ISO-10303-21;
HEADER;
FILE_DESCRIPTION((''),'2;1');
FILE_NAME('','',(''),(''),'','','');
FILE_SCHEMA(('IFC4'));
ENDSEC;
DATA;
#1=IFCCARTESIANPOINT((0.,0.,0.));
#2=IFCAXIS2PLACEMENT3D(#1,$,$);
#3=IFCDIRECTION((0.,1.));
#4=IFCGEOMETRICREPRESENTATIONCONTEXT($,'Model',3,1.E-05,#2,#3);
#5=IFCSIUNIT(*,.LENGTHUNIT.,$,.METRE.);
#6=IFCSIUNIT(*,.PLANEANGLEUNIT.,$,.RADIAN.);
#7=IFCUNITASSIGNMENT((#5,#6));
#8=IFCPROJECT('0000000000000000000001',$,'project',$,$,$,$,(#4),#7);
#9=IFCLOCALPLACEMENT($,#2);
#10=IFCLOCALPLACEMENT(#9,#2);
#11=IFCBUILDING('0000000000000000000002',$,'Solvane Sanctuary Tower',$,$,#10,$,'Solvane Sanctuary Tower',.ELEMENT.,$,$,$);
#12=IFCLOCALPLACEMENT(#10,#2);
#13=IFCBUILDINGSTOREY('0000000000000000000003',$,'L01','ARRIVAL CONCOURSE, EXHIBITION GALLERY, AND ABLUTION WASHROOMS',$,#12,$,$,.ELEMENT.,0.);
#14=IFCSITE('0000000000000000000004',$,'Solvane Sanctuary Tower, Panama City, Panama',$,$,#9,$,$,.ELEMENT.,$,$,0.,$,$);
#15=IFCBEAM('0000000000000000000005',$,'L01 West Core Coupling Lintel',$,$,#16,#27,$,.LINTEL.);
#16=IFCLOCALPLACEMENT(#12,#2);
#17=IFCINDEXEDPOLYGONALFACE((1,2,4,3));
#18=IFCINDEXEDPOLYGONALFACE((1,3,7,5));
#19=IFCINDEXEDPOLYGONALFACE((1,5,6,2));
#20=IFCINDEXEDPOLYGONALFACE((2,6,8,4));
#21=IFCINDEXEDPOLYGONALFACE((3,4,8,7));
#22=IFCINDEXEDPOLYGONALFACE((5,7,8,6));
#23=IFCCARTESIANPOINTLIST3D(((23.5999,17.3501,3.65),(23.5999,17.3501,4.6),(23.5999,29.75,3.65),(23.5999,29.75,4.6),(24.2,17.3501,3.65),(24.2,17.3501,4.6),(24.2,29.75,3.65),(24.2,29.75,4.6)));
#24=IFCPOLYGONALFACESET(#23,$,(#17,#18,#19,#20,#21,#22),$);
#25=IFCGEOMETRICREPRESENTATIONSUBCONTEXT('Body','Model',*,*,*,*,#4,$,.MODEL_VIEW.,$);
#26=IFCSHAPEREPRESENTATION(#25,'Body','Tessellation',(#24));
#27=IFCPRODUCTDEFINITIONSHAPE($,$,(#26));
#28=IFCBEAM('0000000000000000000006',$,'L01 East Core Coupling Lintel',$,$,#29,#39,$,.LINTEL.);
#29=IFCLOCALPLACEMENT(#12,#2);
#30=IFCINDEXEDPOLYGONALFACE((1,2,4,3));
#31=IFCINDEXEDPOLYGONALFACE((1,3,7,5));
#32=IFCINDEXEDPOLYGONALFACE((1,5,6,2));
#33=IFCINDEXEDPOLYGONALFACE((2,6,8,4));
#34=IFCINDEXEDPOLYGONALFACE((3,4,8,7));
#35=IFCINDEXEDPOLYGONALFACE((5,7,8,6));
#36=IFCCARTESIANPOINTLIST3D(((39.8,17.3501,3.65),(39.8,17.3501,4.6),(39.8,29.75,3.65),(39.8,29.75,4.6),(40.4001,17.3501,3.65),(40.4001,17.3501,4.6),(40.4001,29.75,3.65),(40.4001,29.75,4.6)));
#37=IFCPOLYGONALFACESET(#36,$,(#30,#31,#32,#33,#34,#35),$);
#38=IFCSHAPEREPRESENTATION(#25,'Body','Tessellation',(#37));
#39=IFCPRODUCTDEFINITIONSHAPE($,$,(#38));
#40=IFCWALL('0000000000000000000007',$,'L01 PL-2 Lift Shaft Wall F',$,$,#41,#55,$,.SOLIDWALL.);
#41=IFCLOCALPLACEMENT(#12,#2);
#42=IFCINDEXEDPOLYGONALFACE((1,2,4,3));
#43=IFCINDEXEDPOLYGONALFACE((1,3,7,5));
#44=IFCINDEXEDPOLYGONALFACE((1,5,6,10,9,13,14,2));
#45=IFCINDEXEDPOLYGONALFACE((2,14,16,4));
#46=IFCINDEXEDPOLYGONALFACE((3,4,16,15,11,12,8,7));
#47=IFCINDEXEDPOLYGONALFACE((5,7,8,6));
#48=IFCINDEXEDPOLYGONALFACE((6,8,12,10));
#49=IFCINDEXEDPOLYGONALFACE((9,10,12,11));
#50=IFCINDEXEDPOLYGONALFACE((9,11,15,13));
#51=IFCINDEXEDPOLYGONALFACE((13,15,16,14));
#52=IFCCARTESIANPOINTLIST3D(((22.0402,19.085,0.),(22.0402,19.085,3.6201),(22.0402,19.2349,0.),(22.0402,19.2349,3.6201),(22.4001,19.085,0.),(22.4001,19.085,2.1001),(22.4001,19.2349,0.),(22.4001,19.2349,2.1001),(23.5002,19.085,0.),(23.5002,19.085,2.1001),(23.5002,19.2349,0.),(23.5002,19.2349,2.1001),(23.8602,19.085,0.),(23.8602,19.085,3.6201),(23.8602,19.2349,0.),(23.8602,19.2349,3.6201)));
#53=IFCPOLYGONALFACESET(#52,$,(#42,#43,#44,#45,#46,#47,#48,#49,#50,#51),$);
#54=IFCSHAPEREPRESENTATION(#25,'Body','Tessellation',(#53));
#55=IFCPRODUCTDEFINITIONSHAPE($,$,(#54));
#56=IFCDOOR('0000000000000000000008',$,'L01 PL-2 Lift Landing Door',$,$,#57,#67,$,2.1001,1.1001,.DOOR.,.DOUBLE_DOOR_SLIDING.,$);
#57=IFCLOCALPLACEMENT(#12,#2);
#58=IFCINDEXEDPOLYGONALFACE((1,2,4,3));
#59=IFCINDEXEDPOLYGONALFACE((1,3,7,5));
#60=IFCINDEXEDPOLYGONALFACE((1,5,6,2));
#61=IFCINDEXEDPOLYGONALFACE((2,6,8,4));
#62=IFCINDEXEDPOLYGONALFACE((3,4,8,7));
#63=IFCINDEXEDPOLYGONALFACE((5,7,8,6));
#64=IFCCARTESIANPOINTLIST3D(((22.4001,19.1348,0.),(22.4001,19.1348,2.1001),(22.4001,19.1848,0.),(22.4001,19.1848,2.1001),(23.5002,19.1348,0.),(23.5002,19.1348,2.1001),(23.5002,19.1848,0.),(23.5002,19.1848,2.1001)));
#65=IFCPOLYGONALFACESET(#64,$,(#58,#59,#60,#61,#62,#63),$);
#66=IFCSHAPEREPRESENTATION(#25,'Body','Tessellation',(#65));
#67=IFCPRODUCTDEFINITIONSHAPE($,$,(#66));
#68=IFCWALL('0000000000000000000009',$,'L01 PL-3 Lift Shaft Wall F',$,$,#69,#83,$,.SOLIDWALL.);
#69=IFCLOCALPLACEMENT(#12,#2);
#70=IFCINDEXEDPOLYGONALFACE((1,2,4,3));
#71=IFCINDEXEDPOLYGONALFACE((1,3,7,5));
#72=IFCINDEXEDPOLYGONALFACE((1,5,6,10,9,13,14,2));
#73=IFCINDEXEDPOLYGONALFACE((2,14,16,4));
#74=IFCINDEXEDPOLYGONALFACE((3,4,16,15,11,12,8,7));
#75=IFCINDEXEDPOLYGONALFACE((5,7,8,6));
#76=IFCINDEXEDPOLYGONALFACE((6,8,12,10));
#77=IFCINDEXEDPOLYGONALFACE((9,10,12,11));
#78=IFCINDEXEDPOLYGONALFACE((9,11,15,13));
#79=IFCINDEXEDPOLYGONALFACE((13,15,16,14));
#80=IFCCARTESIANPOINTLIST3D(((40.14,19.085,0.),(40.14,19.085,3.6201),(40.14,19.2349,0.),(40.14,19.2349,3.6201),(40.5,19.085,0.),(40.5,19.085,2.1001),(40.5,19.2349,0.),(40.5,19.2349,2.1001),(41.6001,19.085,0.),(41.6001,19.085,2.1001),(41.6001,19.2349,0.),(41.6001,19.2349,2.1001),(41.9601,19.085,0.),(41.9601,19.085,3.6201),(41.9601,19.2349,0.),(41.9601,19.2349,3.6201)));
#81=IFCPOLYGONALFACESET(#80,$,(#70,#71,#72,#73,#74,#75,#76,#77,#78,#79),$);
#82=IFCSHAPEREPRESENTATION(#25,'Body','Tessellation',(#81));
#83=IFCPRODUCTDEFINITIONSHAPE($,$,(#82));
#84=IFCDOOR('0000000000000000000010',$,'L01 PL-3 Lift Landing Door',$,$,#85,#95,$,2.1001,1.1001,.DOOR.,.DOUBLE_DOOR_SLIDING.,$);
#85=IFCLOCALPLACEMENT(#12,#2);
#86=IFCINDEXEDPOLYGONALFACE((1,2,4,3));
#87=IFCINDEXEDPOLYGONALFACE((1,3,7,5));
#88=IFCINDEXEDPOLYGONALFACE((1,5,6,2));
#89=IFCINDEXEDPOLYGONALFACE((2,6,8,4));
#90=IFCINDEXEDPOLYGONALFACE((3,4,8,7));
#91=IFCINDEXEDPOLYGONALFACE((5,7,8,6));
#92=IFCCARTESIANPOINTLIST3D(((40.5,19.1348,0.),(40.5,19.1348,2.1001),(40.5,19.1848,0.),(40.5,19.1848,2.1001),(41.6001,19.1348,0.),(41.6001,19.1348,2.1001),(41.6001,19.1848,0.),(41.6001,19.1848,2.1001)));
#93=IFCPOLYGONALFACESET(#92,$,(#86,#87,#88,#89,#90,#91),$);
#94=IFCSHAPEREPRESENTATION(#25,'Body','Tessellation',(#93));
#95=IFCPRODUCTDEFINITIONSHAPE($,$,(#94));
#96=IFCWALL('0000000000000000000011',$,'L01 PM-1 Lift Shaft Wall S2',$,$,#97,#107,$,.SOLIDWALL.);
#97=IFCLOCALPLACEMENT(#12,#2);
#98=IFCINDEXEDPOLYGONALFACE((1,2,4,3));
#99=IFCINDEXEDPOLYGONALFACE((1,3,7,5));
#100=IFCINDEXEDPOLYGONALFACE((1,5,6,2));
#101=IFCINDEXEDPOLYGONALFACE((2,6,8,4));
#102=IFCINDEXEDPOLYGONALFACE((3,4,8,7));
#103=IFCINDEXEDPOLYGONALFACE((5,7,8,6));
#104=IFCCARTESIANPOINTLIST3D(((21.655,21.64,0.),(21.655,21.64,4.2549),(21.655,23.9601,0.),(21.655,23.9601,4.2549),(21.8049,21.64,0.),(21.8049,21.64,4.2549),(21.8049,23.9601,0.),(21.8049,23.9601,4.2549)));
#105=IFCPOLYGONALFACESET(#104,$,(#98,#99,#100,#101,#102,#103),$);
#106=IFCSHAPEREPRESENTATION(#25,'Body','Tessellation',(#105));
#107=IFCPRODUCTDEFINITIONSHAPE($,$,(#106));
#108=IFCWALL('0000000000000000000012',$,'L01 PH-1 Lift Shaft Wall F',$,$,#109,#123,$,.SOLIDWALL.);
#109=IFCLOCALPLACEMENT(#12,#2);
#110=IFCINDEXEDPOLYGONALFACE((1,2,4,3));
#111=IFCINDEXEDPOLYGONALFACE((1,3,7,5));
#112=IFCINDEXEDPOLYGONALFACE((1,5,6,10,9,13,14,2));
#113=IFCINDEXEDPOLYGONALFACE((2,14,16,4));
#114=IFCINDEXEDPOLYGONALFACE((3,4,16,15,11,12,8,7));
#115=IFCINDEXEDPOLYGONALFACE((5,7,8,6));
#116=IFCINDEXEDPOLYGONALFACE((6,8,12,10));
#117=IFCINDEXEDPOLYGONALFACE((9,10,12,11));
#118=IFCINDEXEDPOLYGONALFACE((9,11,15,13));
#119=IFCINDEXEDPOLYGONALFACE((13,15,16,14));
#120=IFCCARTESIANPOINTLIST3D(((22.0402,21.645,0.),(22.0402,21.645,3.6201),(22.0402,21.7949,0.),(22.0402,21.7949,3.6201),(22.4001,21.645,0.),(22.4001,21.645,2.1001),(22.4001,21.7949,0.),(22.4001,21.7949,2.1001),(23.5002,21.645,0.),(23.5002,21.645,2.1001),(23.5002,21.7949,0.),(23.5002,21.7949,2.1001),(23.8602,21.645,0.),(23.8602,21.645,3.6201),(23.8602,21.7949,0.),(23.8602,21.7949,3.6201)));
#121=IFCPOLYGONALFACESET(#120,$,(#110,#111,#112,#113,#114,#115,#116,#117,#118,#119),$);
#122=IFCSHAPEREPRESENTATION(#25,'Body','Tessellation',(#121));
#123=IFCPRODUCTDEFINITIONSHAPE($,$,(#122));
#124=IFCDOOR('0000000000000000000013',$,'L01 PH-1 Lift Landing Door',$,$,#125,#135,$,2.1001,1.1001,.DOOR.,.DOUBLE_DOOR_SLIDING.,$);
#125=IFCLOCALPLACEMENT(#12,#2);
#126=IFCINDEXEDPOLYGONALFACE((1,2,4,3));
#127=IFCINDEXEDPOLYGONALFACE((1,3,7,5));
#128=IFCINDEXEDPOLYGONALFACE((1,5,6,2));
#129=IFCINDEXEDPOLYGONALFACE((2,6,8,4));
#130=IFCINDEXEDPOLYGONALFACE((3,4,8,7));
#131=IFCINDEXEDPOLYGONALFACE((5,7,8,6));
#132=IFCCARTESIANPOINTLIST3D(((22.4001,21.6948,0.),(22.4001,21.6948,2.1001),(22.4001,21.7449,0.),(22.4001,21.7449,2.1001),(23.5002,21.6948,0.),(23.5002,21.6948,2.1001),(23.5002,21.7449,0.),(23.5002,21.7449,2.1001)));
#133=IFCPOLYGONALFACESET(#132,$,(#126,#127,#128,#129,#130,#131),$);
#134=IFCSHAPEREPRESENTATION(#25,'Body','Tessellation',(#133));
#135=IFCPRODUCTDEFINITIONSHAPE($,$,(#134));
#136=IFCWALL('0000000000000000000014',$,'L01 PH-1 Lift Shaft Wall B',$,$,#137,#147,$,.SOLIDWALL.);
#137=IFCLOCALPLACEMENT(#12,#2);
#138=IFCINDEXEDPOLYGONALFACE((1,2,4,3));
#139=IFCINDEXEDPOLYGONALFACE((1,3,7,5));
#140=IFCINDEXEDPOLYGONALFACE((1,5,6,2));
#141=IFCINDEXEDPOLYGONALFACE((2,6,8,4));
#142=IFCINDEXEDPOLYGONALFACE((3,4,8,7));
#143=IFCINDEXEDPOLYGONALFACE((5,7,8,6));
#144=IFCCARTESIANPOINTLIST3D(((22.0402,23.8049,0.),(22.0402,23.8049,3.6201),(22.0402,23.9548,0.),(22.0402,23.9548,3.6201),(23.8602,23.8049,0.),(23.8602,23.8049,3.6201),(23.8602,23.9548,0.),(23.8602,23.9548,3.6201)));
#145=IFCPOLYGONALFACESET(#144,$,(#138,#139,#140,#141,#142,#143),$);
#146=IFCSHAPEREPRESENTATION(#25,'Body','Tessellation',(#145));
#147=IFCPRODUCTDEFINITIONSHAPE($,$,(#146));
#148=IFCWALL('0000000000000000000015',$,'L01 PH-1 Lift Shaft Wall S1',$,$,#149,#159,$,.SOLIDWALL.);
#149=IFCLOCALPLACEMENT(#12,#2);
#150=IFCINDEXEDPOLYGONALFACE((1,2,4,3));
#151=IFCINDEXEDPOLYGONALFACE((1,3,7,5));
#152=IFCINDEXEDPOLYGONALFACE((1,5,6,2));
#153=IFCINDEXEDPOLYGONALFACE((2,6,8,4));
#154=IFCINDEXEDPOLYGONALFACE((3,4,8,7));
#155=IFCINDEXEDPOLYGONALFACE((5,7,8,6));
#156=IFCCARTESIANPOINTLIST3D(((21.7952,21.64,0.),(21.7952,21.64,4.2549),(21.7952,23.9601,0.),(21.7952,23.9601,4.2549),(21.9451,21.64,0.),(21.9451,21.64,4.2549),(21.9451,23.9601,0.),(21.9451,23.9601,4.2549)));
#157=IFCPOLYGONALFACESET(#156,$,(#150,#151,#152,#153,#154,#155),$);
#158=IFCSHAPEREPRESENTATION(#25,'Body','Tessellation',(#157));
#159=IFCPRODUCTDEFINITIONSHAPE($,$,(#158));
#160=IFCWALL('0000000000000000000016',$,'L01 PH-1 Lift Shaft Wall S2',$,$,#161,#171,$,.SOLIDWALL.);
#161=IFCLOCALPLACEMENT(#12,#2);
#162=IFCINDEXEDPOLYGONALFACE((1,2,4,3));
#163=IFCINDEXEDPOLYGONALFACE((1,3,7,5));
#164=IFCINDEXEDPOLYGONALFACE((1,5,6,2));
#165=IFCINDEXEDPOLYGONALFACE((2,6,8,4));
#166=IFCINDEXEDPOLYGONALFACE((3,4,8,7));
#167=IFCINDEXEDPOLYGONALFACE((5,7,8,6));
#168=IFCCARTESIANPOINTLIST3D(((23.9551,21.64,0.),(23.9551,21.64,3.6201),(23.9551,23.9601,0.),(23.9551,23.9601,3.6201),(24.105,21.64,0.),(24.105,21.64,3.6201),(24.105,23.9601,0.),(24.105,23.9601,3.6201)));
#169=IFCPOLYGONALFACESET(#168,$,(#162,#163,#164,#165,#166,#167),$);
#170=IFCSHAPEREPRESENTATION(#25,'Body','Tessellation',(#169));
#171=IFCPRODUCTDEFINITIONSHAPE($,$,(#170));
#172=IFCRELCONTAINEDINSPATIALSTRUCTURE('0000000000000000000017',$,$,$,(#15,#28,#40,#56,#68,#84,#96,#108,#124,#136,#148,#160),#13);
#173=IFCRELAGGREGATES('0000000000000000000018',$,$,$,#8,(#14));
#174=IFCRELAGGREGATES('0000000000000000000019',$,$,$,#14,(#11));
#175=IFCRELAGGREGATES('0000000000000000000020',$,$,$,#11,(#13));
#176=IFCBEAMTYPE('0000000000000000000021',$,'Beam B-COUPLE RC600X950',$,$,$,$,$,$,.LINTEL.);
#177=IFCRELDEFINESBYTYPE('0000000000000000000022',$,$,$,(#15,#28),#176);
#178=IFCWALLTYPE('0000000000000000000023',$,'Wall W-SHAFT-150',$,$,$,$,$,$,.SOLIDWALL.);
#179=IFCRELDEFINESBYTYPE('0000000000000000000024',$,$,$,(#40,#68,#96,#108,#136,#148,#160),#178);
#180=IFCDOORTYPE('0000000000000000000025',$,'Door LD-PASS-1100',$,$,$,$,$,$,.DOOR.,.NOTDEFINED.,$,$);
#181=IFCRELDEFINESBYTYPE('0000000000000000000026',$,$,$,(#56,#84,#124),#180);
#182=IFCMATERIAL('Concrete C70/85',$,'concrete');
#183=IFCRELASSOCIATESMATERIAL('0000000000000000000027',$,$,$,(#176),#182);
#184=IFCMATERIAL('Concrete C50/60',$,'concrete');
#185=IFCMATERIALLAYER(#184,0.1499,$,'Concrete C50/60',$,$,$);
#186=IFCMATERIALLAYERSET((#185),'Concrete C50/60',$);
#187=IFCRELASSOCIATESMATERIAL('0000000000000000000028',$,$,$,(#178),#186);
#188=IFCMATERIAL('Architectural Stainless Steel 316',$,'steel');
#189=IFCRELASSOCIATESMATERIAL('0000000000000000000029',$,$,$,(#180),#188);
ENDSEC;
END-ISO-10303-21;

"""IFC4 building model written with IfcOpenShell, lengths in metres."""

from ifc_helpers import new_model, si_unit, direction, frame, frame_2d, origin, origin_2d, place, context, subcontext, project, spatial, rectangle, extrude, material, layer, layer_set, material_profile, profile_set, type_object, element, fill, save


model = new_model("IFC4")

# Units and contexts
model_context = context("Model", 3, precision=1e-05, world=origin(), true_north=direction((0.0, 1.0)))
body_context = subcontext(model_context, "Body", "Model", "MODEL_VIEW")
ifc_project = project(units=[si_unit("LENGTHUNIT", "METRE"), si_unit("PLANEANGLEUNIT", "RADIAN")], contexts=[model_context])

# Site, building, storey
site_placement = place(None, origin())
site = spatial("IfcSite", under=ifc_project, at=site_placement, Name="Solvane Sanctuary Tower, Panama City, Panama", CompositionType="ELEMENT", RefElevation=0.0)
building_placement = place(site_placement, origin())
building = spatial("IfcBuilding", under=site, at=building_placement, Name="Solvane Sanctuary Tower", LongName="Solvane Sanctuary Tower", CompositionType="ELEMENT")
storey_placement = place(building_placement, origin())
storey = spatial("IfcBuildingStorey", under=building, at=storey_placement, Name="L01", Description="ARRIVAL CONCOURSE, EXHIBITION GALLERY, AND ABLUTION WASHROOMS", CompositionType="ELEMENT", Elevation=0.0)

# Beams
ifc_material_1 = material(Name="Concrete C70/85", Category="concrete")
ifc_material_profile = material_profile(ifc_material_1, rectangle(XDim=0.6001, YDim=0.95, at=origin_2d()), Name="RC600X950")
ifc_profile_set = profile_set([ifc_material_profile], Name="Concrete C70/85")
beam_type = type_object("IfcBeamType", Name="Beam B-COUPLE RC600X950", PredefinedType="LINTEL", material=ifc_profile_set)
for number, where, z_axis, x_axis, name in (
    (1, (23.8999, 17.3501, 4.125), (0.0, 1.0, 0.0), (-1.0, 0.0, 0.0), "L01 West Core Coupling Lintel"),
    (2, (40.1001, 17.3501, 4.125), (0.0, 1.0, 0.0), (-1.0, 0.0, 0.0), "L01 East Core Coupling Lintel"),
):
    element("IfcBeam", number, at=place(storey_placement, frame(where, z_axis=z_axis, x_axis=x_axis)), inside=storey, type_object=beam_type, Name=name, PredefinedType="LINTEL", context=body_context, shape_type="SweptSolid", body=[
        extrude(rectangle(XDim=0.6001, YDim=0.95, at=origin_2d()), origin(), (0.0, 0.0, 1.0), 12.3999),
    ])

# Walls, openings, doors
ifc_material_2 = material(Name="Concrete C50/60", Category="concrete")
ifc_layer_1 = layer(ifc_material_2, 0.1499, Name="Concrete C50/60")
ifc_layer_set_1 = layer_set([ifc_layer_1], Name="Concrete C50/60")
wall_type_1 = type_object("IfcWallType", Name="Wall W-SHAFT-150", PredefinedType="SOLIDWALL", material=ifc_layer_set_1)
wall_1_placement = place(storey_placement, frame((22.04, 19.1599, 0.0), z_axis=(0.0, 0.0, 1.0), x_axis=(1.0, 0.0, 0.0)))
wall_1 = element("IfcWall", 3, at=wall_1_placement, inside=storey, type_object=wall_type_1, Name="L01 PL-2 Lift Shaft Wall F", PredefinedType="SOLIDWALL", context=body_context, shape_type="SweptSolid", body=[
    extrude(rectangle(XDim=1.8201, YDim=0.1499, at=frame_2d((0.9102, 0.0))), origin(), (0.0, 0.0, 1.0), 3.6201),
])
opening_1_placement = place(wall_1_placement, frame((0.3601, 0.0, 0.0)))
opening_1 = element("IfcOpeningElement", 4, at=opening_1_placement, cuts=wall_1, PredefinedType="OPENING", context=body_context, shape_type="SweptSolid", body=[
    extrude(rectangle(XDim=1.1001, YDim=2.1001, at=frame_2d((0.55, 1.05))), frame((0.0, 0.085, 0.0), z_axis=(0.0, -1.0, 0.0), x_axis=(1.0, 0.0, 0.0)), (0.0, 0.0, 1.0), 0.1699),
])
ifc_material_3 = material(Name="Architectural Stainless Steel 316", Category="steel")
door_type_1 = type_object("IfcDoorType", Name="Door LD-PASS-1100", OperationType="NOTDEFINED", PredefinedType="DOOR", material=ifc_material_3)
door_1_placement = place(opening_1_placement, origin())
door_1 = element("IfcDoor", 5, at=door_1_placement, inside=storey, type_object=door_type_1, Name="L01 PL-2 Lift Landing Door", OperationType="DOUBLE_DOOR_SLIDING", OverallHeight=2.1001, OverallWidth=1.1001, PredefinedType="DOOR", context=body_context, shape_type="SweptSolid", body=[
    extrude(rectangle(XDim=1.1001, YDim=2.1001, at=frame_2d((0.55, 1.05))), frame((0.0, 0.0249, 0.0), z_axis=(0.0, -1.0, 0.0), x_axis=(1.0, 0.0, 0.0)), (0.0, 0.0, 1.0), 0.05),
])
fill(opening_1, door_1)
wall_2_placement = place(storey_placement, frame((40.1399, 19.1599, 0.0), z_axis=(0.0, 0.0, 1.0), x_axis=(1.0, 0.0, 0.0)))
wall_2 = element("IfcWall", 6, at=wall_2_placement, inside=storey, type_object=wall_type_1, Name="L01 PL-3 Lift Shaft Wall F", PredefinedType="SOLIDWALL", context=body_context, shape_type="SweptSolid", body=[
    extrude(rectangle(XDim=1.8201, YDim=0.1499, at=frame_2d((0.9102, 0.0))), origin(), (0.0, 0.0, 1.0), 3.6201),
])
opening_2_placement = place(wall_2_placement, frame((0.3601, 0.0, 0.0)))
opening_2 = element("IfcOpeningElement", 7, at=opening_2_placement, cuts=wall_2, PredefinedType="OPENING", context=body_context, shape_type="SweptSolid", body=[
    extrude(rectangle(XDim=1.1001, YDim=2.1001, at=frame_2d((0.55, 1.05))), frame((0.0, 0.085, 0.0), z_axis=(0.0, -1.0, 0.0), x_axis=(1.0, 0.0, 0.0)), (0.0, 0.0, 1.0), 0.1699),
])
door_2_placement = place(opening_2_placement, origin())
door_2 = element("IfcDoor", 8, at=door_2_placement, inside=storey, type_object=door_type_1, Name="L01 PL-3 Lift Landing Door", OperationType="DOUBLE_DOOR_SLIDING", OverallHeight=2.1001, OverallWidth=1.1001, PredefinedType="DOOR", context=body_context, shape_type="SweptSolid", body=[
    extrude(rectangle(XDim=1.1001, YDim=2.1001, at=frame_2d((0.55, 1.05))), frame((0.0, 0.0249, 0.0), z_axis=(0.0, -1.0, 0.0), x_axis=(1.0, 0.0, 0.0)), (0.0, 0.0, 1.0), 0.05),
])
fill(opening_2, door_2)

# Wall
wall_3_placement = place(storey_placement, frame((21.73, 21.6399, 0.0), z_axis=(0.0, 0.0, 1.0), x_axis=(0.0, 1.0, 0.0)))
element("IfcWall", 9, at=wall_3_placement, inside=storey, type_object=wall_type_1, Name="L01 PM-1 Lift Shaft Wall S2", PredefinedType="SOLIDWALL", context=body_context, shape_type="SweptSolid", body=[
    extrude(rectangle(XDim=2.3201, YDim=0.1499, at=frame_2d((1.1602, 0.0))), origin(), (0.0, 0.0, 1.0), 4.2549),
])

# Wall, opening, door
wall_4_placement = place(storey_placement, frame((22.04, 21.72, 0.0), z_axis=(0.0, 0.0, 1.0), x_axis=(1.0, 0.0, 0.0)))
wall_4 = element("IfcWall", 10, at=wall_4_placement, inside=storey, type_object=wall_type_1, Name="L01 PH-1 Lift Shaft Wall F", PredefinedType="SOLIDWALL", context=body_context, shape_type="SweptSolid", body=[
    extrude(rectangle(XDim=1.8201, YDim=0.1499, at=frame_2d((0.9102, 0.0))), origin(), (0.0, 0.0, 1.0), 3.6201),
])
opening_3_placement = place(wall_4_placement, frame((0.3601, 0.0, 0.0)))
opening_3 = element("IfcOpeningElement", 11, at=opening_3_placement, cuts=wall_4, PredefinedType="OPENING", context=body_context, shape_type="SweptSolid", body=[
    extrude(rectangle(XDim=1.1001, YDim=2.1001, at=frame_2d((0.55, 1.05))), frame((0.0, 0.085, 0.0), z_axis=(0.0, -1.0, 0.0), x_axis=(1.0, 0.0, 0.0)), (0.0, 0.0, 1.0), 0.1699),
])
door_3_placement = place(opening_3_placement, origin())
door_3 = element("IfcDoor", 12, at=door_3_placement, inside=storey, type_object=door_type_1, Name="L01 PH-1 Lift Landing Door", OperationType="DOUBLE_DOOR_SLIDING", OverallHeight=2.1001, OverallWidth=1.1001, PredefinedType="DOOR", context=body_context, shape_type="SweptSolid", body=[
    extrude(rectangle(XDim=1.1001, YDim=2.1001, at=frame_2d((0.55, 1.05))), frame((0.0, 0.0249, 0.0), z_axis=(0.0, -1.0, 0.0), x_axis=(1.0, 0.0, 0.0)), (0.0, 0.0, 1.0), 0.05),
])
fill(opening_3, door_3)

# Walls
wall_5_placement = place(storey_placement, frame((22.04, 23.8799, 0.0), z_axis=(0.0, 0.0, 1.0), x_axis=(1.0, 0.0, 0.0)))
element("IfcWall", 13, at=wall_5_placement, inside=storey, type_object=wall_type_1, Name="L01 PH-1 Lift Shaft Wall B", PredefinedType="SOLIDWALL", context=body_context, shape_type="SweptSolid", body=[
    extrude(rectangle(XDim=1.8201, YDim=0.1499, at=frame_2d((0.9102, 0.0))), origin(), (0.0, 0.0, 1.0), 3.6201),
])
wall_6_placement = place(storey_placement, frame((21.8701, 21.6399, 0.0), z_axis=(0.0, 0.0, 1.0), x_axis=(0.0, 1.0, 0.0)))
element("IfcWall", 14, at=wall_6_placement, inside=storey, type_object=wall_type_1, Name="L01 PH-1 Lift Shaft Wall S1", PredefinedType="SOLIDWALL", context=body_context, shape_type="SweptSolid", body=[
    extrude(rectangle(XDim=2.3201, YDim=0.1499, at=frame_2d((1.1602, 0.0))), origin(), (0.0, 0.0, 1.0), 4.2549),
])
wall_7_placement = place(storey_placement, frame((24.03, 21.6399, 0.0), z_axis=(0.0, 0.0, 1.0), x_axis=(0.0, 1.0, 0.0)))
element("IfcWall", 15, at=wall_7_placement, inside=storey, type_object=wall_type_1, Name="L01 PH-1 Lift Shaft Wall S2", PredefinedType="SOLIDWALL", context=body_context, shape_type="SweptSolid", body=[
    extrude(rectangle(XDim=2.3201, YDim=0.1499, at=frame_2d((1.1602, 0.0))), origin(), (0.0, 0.0, 1.0), 3.6201),
])

save(model, "model.ifc")
